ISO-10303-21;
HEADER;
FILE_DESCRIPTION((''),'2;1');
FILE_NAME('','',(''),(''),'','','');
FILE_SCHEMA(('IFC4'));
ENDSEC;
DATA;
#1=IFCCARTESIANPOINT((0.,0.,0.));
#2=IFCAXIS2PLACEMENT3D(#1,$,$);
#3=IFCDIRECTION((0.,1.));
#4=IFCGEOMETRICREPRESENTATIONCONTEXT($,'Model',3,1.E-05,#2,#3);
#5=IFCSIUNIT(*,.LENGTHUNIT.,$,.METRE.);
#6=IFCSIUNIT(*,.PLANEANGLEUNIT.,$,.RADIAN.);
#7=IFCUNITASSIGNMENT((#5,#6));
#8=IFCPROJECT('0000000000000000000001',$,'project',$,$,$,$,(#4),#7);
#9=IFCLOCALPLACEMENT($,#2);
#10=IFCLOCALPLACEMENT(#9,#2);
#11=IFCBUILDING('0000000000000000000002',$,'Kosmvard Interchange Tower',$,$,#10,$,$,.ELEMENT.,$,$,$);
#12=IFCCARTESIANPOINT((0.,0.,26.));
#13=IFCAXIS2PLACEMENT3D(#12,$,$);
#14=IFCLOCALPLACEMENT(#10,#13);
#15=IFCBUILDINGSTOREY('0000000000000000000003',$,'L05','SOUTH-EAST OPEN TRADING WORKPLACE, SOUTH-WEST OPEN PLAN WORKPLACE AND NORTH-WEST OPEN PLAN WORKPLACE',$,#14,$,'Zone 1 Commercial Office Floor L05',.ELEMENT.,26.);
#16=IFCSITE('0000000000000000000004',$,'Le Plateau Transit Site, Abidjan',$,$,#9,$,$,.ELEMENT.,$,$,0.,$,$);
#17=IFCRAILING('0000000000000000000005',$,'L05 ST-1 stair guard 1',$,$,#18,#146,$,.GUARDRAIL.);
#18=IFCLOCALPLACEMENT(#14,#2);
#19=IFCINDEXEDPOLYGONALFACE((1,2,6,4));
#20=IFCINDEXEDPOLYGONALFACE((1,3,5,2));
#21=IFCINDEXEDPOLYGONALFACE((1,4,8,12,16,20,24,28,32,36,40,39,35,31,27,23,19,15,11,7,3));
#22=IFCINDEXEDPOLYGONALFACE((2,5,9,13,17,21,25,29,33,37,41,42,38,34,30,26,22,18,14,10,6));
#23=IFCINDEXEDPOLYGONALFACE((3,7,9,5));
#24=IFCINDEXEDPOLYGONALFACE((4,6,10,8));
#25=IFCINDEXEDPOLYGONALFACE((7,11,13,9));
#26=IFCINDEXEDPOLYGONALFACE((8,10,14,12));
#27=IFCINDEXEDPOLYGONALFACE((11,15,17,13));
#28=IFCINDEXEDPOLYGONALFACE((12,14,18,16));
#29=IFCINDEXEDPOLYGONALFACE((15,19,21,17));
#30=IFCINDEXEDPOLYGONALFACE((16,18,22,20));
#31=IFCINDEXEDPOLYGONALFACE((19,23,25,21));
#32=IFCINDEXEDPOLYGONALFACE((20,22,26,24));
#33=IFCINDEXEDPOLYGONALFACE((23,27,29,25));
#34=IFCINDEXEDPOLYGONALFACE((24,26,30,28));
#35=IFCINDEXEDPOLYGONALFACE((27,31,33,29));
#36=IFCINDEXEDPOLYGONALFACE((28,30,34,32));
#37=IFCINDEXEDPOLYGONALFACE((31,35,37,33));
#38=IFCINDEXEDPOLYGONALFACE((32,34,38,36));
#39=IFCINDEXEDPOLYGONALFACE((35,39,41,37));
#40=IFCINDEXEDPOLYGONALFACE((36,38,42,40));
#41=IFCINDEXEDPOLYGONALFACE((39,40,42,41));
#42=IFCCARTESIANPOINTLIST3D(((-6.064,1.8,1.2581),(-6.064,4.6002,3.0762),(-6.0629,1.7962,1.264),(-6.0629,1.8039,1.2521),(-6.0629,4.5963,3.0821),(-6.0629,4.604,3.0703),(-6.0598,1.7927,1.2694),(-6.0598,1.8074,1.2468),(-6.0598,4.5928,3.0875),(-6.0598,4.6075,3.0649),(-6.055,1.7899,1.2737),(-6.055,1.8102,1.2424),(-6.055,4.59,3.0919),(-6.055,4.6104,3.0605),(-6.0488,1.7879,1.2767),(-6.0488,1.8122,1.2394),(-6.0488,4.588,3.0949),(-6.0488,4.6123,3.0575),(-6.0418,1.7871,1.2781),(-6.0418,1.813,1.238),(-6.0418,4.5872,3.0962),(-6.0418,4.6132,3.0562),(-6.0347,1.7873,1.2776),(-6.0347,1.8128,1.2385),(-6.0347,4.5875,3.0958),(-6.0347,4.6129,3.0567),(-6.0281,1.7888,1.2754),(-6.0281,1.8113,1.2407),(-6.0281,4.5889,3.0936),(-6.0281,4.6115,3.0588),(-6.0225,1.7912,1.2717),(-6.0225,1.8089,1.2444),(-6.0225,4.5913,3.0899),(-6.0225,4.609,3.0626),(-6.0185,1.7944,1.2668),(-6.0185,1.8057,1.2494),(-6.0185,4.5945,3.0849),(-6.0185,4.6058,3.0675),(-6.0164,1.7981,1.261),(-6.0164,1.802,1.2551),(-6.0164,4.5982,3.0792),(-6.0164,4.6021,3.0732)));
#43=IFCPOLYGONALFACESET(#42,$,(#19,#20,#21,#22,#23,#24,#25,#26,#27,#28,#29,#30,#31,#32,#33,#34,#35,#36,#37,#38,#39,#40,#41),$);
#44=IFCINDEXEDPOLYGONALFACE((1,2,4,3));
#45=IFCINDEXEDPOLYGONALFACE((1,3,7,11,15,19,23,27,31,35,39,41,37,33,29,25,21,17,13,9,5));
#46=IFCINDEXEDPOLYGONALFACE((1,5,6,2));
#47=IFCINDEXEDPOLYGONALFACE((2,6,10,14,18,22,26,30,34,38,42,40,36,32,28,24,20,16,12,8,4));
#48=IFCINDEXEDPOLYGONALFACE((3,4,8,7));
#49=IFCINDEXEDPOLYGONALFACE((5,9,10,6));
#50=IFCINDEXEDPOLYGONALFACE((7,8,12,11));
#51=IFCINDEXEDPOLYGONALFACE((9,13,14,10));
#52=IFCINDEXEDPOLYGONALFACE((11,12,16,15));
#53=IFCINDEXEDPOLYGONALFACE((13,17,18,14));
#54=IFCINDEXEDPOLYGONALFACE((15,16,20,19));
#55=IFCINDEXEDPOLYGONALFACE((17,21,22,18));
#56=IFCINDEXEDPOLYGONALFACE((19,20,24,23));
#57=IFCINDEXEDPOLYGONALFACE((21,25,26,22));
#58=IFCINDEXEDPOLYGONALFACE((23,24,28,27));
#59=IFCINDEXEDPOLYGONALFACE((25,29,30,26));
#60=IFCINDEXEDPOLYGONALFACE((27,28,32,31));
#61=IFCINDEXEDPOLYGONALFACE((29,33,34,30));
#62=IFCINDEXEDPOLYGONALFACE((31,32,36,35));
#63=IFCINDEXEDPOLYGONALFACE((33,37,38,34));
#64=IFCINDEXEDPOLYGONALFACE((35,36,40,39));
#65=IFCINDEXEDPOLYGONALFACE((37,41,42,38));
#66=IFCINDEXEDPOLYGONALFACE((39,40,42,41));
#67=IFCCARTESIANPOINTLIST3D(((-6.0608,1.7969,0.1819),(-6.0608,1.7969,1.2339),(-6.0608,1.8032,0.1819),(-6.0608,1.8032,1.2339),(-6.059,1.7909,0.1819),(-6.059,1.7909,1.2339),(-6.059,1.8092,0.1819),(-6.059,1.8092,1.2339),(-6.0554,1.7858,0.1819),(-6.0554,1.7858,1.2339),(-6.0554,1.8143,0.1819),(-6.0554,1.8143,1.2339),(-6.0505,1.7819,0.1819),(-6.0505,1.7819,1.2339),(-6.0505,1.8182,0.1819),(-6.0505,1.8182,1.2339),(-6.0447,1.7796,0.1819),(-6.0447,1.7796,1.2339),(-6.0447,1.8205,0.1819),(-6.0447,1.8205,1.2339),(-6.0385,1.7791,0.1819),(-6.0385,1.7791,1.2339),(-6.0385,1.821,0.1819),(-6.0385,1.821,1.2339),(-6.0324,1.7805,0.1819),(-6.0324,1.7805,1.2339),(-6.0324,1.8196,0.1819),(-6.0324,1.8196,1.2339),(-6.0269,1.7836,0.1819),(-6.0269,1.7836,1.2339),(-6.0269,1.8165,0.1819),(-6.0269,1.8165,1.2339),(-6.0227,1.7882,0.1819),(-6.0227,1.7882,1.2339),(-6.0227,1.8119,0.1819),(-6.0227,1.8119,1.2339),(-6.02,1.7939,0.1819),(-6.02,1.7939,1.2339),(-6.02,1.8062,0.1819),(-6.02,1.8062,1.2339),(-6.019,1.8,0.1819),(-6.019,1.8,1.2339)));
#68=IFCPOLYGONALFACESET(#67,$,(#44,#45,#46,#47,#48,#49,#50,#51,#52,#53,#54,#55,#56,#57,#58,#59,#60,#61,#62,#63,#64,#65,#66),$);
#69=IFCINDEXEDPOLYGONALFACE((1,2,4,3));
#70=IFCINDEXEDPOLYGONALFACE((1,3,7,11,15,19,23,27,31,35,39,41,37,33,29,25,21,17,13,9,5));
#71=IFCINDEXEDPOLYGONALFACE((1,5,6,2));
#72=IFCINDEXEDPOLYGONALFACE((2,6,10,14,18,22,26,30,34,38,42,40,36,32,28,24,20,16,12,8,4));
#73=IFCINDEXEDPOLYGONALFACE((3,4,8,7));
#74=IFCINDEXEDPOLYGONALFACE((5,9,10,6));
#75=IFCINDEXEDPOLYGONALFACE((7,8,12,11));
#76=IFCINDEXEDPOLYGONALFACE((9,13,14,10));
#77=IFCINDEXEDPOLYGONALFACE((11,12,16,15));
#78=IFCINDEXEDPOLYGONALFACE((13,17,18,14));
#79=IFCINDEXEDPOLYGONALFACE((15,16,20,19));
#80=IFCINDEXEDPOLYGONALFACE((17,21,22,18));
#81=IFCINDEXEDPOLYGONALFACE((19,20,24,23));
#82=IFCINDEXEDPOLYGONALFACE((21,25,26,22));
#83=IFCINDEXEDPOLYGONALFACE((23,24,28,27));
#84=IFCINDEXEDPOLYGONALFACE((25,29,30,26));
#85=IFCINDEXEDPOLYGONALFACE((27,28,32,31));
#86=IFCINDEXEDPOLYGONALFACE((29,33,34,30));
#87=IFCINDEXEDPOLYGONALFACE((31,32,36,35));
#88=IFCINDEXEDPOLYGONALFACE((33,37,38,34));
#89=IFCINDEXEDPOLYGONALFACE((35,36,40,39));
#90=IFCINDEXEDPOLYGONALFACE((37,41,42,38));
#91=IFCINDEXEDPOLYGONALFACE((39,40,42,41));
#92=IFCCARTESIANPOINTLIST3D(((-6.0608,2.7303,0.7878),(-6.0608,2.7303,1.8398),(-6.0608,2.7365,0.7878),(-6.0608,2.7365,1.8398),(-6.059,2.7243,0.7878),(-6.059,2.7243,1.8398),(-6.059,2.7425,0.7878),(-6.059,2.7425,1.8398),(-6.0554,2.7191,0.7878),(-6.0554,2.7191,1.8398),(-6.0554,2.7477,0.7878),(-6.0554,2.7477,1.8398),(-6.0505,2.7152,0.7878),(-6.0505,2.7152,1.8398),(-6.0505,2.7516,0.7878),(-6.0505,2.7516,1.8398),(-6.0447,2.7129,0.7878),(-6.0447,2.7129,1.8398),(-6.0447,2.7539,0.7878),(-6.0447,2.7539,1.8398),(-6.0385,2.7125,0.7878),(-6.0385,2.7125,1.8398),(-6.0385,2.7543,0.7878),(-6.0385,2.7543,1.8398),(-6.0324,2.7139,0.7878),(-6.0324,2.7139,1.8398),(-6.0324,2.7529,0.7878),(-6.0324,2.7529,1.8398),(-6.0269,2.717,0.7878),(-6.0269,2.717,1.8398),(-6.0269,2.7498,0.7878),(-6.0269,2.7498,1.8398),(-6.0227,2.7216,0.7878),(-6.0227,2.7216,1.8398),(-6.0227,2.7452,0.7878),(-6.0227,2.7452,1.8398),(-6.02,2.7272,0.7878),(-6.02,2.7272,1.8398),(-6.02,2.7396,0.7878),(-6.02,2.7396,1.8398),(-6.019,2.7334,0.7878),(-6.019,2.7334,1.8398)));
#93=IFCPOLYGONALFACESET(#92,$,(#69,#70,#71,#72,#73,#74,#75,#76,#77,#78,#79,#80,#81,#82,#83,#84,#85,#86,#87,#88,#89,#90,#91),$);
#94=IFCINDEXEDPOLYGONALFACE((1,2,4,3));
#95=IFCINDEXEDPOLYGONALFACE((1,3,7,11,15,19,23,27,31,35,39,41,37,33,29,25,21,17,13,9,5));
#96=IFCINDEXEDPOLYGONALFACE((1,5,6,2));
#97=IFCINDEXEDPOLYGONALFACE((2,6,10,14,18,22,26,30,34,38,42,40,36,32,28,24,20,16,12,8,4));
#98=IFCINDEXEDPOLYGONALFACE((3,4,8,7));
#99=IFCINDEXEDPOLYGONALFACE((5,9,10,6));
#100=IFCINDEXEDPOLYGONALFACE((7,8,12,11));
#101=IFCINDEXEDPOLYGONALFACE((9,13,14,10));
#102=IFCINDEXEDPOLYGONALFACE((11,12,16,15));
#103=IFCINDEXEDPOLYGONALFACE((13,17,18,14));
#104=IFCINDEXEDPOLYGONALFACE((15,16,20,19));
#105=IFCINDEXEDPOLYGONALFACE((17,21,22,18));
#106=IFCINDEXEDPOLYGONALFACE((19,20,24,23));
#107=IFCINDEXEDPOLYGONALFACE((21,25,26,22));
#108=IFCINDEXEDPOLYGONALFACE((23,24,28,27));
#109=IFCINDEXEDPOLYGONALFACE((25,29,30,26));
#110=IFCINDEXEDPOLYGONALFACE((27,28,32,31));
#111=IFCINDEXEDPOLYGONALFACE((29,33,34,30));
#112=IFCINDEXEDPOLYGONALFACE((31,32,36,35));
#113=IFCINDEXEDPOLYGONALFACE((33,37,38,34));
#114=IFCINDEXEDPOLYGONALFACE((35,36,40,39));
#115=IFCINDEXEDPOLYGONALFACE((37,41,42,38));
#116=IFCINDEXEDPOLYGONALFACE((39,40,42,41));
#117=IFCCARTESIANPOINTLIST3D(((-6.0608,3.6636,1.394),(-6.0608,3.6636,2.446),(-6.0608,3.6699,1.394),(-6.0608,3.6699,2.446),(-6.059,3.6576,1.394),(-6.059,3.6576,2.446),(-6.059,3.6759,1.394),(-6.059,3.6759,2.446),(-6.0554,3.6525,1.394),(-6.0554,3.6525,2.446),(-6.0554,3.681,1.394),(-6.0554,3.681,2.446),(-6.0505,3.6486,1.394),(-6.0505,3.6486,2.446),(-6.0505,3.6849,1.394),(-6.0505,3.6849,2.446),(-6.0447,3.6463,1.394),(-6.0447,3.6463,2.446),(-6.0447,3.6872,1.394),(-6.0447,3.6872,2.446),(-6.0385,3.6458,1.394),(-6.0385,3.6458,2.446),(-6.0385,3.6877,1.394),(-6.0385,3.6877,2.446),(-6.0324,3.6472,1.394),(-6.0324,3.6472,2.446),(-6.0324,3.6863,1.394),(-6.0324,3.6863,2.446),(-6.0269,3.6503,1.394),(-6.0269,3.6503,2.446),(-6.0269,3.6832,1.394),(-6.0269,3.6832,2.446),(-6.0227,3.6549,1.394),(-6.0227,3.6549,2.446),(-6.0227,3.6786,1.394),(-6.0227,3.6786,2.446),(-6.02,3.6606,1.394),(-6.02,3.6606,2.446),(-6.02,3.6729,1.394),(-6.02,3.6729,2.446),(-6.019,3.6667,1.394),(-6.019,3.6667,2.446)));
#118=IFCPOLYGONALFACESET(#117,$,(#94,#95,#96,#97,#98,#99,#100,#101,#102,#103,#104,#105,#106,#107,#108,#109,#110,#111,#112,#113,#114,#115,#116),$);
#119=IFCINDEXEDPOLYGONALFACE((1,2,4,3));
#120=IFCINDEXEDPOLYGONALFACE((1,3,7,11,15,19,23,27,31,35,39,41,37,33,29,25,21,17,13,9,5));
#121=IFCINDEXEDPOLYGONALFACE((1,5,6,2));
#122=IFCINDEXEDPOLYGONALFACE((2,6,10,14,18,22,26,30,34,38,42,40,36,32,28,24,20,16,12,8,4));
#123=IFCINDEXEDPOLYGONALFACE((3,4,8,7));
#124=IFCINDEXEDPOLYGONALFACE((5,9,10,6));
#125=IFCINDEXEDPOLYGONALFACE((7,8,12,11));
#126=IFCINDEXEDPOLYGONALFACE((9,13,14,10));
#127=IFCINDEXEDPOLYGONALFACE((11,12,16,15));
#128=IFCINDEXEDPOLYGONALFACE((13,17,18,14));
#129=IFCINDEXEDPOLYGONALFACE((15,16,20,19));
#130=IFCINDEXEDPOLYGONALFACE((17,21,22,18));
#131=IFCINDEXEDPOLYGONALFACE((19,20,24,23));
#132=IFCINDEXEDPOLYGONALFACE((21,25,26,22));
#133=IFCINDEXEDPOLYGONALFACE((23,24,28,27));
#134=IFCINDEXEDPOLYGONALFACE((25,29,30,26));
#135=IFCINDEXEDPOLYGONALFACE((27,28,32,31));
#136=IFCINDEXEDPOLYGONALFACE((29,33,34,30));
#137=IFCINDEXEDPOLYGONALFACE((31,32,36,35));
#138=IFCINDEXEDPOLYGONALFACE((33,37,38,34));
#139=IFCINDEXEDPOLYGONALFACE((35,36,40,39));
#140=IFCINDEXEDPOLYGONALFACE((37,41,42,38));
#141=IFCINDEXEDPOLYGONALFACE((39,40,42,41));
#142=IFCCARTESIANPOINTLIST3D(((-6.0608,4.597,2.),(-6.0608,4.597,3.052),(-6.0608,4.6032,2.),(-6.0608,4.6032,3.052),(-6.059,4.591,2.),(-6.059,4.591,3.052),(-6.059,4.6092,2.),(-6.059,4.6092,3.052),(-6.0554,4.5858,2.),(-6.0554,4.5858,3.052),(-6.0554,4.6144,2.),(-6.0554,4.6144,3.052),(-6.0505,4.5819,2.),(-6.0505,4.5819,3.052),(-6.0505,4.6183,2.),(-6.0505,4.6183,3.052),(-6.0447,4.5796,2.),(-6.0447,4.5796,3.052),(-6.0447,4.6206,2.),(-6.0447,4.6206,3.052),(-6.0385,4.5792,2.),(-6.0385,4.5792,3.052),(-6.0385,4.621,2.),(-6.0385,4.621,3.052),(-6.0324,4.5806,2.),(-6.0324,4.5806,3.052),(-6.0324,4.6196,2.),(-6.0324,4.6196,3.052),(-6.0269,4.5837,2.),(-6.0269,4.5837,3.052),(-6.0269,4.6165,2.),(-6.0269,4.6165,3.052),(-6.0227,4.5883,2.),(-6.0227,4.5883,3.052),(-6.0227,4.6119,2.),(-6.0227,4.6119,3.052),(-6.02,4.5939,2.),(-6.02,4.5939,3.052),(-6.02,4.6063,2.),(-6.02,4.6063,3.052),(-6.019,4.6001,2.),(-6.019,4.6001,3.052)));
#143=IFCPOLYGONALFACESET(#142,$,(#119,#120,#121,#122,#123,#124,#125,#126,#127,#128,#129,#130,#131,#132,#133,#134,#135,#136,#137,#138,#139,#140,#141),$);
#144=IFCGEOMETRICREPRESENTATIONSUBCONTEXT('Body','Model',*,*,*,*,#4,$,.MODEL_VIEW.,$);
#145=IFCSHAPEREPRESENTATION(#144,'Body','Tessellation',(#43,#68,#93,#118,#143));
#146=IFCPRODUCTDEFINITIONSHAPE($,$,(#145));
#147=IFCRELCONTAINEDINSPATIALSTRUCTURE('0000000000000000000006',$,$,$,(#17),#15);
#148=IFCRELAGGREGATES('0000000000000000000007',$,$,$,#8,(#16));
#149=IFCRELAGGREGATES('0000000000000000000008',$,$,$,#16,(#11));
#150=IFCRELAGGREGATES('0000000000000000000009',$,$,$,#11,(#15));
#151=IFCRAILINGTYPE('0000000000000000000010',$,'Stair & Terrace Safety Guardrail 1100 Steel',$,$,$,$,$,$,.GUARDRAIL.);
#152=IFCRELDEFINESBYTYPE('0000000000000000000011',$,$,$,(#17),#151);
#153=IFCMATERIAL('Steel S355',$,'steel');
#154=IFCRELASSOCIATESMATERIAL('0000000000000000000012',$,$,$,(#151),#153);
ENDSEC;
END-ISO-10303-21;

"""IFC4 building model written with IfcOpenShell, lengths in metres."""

from ifc_helpers import new_model, si_unit, direction, frame, origin, origin_2d, place, context, subcontext, project, spatial, circle, extrude, source, transform, mapped, material, type_object, element, save


model = new_model("IFC4")

# Units and contexts
model_context = context("Model", 3, precision=1e-05, world=origin(), true_north=direction((0.0, 1.0)))
body_context = subcontext(model_context, "Body", "Model", "MODEL_VIEW")
ifc_project = project(units=[si_unit("LENGTHUNIT", "METRE"), si_unit("PLANEANGLEUNIT", "RADIAN")], contexts=[model_context])

# Site, building, storey
site_placement = place(None, origin())
site = spatial("IfcSite", under=ifc_project, at=site_placement, Name="Le Plateau Transit Site, Abidjan", CompositionType="ELEMENT", RefElevation=0.0)
building_placement = place(site_placement, origin())
building = spatial("IfcBuilding", under=site, at=building_placement, Name="Kosmvard Interchange Tower", CompositionType="ELEMENT")
storey_placement = place(building_placement, frame((0.0, 0.0, 26.0)))
storey = spatial("IfcBuildingStorey", under=building, at=storey_placement, Name="L05", Description="SOUTH-EAST OPEN TRADING WORKPLACE, SOUTH-WEST OPEN PLAN WORKPLACE AND NORTH-WEST OPEN PLAN WORKPLACE", LongName="Zone 1 Commercial Office Floor L05", CompositionType="ELEMENT", Elevation=26.0)

# Railing
ifc_material_1 = material(Name="Steel S355", Category="steel")
railing_type_1 = type_object("IfcRailingType", Name="Stair & Terrace Safety Guardrail 1100 Steel", PredefinedType="GUARDRAIL", material=ifc_material_1)
shared_shape_1 = source(origin(), body_context, "Body", "SweptSolid", [
    extrude(circle(Radius=0.0239, at=origin_2d()), frame((0.0, 0.0, 1.0762), z_axis=(0.0, 0.838706, 0.544585), x_axis=(-1.0, 0.0, 0.0)), (0.0, 0.0, 1.0), 3.3386),
    extrude(circle(Radius=0.021, at=origin_2d()), origin(), (0.0, 0.0, 1.0), 1.052),
    extrude(circle(Radius=0.021, at=origin_2d()), frame((0.0, 0.9333, 0.606)), (0.0, 0.0, 1.0), 1.052),
    extrude(circle(Radius=0.021, at=origin_2d()), frame((0.0, 1.8667, 1.2122)), (0.0, 0.0, 1.0), 1.052),
    extrude(circle(Radius=0.021, at=origin_2d()), frame((0.0, 2.8, 1.8181)), (0.0, 0.0, 1.0), 1.052),
])
railing_1_placement = place(storey_placement, frame((-6.04, 1.8, 0.1819)))
element("IfcRailing", 1, at=railing_1_placement, inside=storey, type_object=railing_type_1, Name="L05 ST-1 stair guard 1", PredefinedType="GUARDRAIL", context=body_context, shape_type="MappedRepresentation", body=[
    mapped(shared_shape_1, transform((0.0, 0.0, 0.0), scale=1.0)),
])

save(model, "model.ifc")
